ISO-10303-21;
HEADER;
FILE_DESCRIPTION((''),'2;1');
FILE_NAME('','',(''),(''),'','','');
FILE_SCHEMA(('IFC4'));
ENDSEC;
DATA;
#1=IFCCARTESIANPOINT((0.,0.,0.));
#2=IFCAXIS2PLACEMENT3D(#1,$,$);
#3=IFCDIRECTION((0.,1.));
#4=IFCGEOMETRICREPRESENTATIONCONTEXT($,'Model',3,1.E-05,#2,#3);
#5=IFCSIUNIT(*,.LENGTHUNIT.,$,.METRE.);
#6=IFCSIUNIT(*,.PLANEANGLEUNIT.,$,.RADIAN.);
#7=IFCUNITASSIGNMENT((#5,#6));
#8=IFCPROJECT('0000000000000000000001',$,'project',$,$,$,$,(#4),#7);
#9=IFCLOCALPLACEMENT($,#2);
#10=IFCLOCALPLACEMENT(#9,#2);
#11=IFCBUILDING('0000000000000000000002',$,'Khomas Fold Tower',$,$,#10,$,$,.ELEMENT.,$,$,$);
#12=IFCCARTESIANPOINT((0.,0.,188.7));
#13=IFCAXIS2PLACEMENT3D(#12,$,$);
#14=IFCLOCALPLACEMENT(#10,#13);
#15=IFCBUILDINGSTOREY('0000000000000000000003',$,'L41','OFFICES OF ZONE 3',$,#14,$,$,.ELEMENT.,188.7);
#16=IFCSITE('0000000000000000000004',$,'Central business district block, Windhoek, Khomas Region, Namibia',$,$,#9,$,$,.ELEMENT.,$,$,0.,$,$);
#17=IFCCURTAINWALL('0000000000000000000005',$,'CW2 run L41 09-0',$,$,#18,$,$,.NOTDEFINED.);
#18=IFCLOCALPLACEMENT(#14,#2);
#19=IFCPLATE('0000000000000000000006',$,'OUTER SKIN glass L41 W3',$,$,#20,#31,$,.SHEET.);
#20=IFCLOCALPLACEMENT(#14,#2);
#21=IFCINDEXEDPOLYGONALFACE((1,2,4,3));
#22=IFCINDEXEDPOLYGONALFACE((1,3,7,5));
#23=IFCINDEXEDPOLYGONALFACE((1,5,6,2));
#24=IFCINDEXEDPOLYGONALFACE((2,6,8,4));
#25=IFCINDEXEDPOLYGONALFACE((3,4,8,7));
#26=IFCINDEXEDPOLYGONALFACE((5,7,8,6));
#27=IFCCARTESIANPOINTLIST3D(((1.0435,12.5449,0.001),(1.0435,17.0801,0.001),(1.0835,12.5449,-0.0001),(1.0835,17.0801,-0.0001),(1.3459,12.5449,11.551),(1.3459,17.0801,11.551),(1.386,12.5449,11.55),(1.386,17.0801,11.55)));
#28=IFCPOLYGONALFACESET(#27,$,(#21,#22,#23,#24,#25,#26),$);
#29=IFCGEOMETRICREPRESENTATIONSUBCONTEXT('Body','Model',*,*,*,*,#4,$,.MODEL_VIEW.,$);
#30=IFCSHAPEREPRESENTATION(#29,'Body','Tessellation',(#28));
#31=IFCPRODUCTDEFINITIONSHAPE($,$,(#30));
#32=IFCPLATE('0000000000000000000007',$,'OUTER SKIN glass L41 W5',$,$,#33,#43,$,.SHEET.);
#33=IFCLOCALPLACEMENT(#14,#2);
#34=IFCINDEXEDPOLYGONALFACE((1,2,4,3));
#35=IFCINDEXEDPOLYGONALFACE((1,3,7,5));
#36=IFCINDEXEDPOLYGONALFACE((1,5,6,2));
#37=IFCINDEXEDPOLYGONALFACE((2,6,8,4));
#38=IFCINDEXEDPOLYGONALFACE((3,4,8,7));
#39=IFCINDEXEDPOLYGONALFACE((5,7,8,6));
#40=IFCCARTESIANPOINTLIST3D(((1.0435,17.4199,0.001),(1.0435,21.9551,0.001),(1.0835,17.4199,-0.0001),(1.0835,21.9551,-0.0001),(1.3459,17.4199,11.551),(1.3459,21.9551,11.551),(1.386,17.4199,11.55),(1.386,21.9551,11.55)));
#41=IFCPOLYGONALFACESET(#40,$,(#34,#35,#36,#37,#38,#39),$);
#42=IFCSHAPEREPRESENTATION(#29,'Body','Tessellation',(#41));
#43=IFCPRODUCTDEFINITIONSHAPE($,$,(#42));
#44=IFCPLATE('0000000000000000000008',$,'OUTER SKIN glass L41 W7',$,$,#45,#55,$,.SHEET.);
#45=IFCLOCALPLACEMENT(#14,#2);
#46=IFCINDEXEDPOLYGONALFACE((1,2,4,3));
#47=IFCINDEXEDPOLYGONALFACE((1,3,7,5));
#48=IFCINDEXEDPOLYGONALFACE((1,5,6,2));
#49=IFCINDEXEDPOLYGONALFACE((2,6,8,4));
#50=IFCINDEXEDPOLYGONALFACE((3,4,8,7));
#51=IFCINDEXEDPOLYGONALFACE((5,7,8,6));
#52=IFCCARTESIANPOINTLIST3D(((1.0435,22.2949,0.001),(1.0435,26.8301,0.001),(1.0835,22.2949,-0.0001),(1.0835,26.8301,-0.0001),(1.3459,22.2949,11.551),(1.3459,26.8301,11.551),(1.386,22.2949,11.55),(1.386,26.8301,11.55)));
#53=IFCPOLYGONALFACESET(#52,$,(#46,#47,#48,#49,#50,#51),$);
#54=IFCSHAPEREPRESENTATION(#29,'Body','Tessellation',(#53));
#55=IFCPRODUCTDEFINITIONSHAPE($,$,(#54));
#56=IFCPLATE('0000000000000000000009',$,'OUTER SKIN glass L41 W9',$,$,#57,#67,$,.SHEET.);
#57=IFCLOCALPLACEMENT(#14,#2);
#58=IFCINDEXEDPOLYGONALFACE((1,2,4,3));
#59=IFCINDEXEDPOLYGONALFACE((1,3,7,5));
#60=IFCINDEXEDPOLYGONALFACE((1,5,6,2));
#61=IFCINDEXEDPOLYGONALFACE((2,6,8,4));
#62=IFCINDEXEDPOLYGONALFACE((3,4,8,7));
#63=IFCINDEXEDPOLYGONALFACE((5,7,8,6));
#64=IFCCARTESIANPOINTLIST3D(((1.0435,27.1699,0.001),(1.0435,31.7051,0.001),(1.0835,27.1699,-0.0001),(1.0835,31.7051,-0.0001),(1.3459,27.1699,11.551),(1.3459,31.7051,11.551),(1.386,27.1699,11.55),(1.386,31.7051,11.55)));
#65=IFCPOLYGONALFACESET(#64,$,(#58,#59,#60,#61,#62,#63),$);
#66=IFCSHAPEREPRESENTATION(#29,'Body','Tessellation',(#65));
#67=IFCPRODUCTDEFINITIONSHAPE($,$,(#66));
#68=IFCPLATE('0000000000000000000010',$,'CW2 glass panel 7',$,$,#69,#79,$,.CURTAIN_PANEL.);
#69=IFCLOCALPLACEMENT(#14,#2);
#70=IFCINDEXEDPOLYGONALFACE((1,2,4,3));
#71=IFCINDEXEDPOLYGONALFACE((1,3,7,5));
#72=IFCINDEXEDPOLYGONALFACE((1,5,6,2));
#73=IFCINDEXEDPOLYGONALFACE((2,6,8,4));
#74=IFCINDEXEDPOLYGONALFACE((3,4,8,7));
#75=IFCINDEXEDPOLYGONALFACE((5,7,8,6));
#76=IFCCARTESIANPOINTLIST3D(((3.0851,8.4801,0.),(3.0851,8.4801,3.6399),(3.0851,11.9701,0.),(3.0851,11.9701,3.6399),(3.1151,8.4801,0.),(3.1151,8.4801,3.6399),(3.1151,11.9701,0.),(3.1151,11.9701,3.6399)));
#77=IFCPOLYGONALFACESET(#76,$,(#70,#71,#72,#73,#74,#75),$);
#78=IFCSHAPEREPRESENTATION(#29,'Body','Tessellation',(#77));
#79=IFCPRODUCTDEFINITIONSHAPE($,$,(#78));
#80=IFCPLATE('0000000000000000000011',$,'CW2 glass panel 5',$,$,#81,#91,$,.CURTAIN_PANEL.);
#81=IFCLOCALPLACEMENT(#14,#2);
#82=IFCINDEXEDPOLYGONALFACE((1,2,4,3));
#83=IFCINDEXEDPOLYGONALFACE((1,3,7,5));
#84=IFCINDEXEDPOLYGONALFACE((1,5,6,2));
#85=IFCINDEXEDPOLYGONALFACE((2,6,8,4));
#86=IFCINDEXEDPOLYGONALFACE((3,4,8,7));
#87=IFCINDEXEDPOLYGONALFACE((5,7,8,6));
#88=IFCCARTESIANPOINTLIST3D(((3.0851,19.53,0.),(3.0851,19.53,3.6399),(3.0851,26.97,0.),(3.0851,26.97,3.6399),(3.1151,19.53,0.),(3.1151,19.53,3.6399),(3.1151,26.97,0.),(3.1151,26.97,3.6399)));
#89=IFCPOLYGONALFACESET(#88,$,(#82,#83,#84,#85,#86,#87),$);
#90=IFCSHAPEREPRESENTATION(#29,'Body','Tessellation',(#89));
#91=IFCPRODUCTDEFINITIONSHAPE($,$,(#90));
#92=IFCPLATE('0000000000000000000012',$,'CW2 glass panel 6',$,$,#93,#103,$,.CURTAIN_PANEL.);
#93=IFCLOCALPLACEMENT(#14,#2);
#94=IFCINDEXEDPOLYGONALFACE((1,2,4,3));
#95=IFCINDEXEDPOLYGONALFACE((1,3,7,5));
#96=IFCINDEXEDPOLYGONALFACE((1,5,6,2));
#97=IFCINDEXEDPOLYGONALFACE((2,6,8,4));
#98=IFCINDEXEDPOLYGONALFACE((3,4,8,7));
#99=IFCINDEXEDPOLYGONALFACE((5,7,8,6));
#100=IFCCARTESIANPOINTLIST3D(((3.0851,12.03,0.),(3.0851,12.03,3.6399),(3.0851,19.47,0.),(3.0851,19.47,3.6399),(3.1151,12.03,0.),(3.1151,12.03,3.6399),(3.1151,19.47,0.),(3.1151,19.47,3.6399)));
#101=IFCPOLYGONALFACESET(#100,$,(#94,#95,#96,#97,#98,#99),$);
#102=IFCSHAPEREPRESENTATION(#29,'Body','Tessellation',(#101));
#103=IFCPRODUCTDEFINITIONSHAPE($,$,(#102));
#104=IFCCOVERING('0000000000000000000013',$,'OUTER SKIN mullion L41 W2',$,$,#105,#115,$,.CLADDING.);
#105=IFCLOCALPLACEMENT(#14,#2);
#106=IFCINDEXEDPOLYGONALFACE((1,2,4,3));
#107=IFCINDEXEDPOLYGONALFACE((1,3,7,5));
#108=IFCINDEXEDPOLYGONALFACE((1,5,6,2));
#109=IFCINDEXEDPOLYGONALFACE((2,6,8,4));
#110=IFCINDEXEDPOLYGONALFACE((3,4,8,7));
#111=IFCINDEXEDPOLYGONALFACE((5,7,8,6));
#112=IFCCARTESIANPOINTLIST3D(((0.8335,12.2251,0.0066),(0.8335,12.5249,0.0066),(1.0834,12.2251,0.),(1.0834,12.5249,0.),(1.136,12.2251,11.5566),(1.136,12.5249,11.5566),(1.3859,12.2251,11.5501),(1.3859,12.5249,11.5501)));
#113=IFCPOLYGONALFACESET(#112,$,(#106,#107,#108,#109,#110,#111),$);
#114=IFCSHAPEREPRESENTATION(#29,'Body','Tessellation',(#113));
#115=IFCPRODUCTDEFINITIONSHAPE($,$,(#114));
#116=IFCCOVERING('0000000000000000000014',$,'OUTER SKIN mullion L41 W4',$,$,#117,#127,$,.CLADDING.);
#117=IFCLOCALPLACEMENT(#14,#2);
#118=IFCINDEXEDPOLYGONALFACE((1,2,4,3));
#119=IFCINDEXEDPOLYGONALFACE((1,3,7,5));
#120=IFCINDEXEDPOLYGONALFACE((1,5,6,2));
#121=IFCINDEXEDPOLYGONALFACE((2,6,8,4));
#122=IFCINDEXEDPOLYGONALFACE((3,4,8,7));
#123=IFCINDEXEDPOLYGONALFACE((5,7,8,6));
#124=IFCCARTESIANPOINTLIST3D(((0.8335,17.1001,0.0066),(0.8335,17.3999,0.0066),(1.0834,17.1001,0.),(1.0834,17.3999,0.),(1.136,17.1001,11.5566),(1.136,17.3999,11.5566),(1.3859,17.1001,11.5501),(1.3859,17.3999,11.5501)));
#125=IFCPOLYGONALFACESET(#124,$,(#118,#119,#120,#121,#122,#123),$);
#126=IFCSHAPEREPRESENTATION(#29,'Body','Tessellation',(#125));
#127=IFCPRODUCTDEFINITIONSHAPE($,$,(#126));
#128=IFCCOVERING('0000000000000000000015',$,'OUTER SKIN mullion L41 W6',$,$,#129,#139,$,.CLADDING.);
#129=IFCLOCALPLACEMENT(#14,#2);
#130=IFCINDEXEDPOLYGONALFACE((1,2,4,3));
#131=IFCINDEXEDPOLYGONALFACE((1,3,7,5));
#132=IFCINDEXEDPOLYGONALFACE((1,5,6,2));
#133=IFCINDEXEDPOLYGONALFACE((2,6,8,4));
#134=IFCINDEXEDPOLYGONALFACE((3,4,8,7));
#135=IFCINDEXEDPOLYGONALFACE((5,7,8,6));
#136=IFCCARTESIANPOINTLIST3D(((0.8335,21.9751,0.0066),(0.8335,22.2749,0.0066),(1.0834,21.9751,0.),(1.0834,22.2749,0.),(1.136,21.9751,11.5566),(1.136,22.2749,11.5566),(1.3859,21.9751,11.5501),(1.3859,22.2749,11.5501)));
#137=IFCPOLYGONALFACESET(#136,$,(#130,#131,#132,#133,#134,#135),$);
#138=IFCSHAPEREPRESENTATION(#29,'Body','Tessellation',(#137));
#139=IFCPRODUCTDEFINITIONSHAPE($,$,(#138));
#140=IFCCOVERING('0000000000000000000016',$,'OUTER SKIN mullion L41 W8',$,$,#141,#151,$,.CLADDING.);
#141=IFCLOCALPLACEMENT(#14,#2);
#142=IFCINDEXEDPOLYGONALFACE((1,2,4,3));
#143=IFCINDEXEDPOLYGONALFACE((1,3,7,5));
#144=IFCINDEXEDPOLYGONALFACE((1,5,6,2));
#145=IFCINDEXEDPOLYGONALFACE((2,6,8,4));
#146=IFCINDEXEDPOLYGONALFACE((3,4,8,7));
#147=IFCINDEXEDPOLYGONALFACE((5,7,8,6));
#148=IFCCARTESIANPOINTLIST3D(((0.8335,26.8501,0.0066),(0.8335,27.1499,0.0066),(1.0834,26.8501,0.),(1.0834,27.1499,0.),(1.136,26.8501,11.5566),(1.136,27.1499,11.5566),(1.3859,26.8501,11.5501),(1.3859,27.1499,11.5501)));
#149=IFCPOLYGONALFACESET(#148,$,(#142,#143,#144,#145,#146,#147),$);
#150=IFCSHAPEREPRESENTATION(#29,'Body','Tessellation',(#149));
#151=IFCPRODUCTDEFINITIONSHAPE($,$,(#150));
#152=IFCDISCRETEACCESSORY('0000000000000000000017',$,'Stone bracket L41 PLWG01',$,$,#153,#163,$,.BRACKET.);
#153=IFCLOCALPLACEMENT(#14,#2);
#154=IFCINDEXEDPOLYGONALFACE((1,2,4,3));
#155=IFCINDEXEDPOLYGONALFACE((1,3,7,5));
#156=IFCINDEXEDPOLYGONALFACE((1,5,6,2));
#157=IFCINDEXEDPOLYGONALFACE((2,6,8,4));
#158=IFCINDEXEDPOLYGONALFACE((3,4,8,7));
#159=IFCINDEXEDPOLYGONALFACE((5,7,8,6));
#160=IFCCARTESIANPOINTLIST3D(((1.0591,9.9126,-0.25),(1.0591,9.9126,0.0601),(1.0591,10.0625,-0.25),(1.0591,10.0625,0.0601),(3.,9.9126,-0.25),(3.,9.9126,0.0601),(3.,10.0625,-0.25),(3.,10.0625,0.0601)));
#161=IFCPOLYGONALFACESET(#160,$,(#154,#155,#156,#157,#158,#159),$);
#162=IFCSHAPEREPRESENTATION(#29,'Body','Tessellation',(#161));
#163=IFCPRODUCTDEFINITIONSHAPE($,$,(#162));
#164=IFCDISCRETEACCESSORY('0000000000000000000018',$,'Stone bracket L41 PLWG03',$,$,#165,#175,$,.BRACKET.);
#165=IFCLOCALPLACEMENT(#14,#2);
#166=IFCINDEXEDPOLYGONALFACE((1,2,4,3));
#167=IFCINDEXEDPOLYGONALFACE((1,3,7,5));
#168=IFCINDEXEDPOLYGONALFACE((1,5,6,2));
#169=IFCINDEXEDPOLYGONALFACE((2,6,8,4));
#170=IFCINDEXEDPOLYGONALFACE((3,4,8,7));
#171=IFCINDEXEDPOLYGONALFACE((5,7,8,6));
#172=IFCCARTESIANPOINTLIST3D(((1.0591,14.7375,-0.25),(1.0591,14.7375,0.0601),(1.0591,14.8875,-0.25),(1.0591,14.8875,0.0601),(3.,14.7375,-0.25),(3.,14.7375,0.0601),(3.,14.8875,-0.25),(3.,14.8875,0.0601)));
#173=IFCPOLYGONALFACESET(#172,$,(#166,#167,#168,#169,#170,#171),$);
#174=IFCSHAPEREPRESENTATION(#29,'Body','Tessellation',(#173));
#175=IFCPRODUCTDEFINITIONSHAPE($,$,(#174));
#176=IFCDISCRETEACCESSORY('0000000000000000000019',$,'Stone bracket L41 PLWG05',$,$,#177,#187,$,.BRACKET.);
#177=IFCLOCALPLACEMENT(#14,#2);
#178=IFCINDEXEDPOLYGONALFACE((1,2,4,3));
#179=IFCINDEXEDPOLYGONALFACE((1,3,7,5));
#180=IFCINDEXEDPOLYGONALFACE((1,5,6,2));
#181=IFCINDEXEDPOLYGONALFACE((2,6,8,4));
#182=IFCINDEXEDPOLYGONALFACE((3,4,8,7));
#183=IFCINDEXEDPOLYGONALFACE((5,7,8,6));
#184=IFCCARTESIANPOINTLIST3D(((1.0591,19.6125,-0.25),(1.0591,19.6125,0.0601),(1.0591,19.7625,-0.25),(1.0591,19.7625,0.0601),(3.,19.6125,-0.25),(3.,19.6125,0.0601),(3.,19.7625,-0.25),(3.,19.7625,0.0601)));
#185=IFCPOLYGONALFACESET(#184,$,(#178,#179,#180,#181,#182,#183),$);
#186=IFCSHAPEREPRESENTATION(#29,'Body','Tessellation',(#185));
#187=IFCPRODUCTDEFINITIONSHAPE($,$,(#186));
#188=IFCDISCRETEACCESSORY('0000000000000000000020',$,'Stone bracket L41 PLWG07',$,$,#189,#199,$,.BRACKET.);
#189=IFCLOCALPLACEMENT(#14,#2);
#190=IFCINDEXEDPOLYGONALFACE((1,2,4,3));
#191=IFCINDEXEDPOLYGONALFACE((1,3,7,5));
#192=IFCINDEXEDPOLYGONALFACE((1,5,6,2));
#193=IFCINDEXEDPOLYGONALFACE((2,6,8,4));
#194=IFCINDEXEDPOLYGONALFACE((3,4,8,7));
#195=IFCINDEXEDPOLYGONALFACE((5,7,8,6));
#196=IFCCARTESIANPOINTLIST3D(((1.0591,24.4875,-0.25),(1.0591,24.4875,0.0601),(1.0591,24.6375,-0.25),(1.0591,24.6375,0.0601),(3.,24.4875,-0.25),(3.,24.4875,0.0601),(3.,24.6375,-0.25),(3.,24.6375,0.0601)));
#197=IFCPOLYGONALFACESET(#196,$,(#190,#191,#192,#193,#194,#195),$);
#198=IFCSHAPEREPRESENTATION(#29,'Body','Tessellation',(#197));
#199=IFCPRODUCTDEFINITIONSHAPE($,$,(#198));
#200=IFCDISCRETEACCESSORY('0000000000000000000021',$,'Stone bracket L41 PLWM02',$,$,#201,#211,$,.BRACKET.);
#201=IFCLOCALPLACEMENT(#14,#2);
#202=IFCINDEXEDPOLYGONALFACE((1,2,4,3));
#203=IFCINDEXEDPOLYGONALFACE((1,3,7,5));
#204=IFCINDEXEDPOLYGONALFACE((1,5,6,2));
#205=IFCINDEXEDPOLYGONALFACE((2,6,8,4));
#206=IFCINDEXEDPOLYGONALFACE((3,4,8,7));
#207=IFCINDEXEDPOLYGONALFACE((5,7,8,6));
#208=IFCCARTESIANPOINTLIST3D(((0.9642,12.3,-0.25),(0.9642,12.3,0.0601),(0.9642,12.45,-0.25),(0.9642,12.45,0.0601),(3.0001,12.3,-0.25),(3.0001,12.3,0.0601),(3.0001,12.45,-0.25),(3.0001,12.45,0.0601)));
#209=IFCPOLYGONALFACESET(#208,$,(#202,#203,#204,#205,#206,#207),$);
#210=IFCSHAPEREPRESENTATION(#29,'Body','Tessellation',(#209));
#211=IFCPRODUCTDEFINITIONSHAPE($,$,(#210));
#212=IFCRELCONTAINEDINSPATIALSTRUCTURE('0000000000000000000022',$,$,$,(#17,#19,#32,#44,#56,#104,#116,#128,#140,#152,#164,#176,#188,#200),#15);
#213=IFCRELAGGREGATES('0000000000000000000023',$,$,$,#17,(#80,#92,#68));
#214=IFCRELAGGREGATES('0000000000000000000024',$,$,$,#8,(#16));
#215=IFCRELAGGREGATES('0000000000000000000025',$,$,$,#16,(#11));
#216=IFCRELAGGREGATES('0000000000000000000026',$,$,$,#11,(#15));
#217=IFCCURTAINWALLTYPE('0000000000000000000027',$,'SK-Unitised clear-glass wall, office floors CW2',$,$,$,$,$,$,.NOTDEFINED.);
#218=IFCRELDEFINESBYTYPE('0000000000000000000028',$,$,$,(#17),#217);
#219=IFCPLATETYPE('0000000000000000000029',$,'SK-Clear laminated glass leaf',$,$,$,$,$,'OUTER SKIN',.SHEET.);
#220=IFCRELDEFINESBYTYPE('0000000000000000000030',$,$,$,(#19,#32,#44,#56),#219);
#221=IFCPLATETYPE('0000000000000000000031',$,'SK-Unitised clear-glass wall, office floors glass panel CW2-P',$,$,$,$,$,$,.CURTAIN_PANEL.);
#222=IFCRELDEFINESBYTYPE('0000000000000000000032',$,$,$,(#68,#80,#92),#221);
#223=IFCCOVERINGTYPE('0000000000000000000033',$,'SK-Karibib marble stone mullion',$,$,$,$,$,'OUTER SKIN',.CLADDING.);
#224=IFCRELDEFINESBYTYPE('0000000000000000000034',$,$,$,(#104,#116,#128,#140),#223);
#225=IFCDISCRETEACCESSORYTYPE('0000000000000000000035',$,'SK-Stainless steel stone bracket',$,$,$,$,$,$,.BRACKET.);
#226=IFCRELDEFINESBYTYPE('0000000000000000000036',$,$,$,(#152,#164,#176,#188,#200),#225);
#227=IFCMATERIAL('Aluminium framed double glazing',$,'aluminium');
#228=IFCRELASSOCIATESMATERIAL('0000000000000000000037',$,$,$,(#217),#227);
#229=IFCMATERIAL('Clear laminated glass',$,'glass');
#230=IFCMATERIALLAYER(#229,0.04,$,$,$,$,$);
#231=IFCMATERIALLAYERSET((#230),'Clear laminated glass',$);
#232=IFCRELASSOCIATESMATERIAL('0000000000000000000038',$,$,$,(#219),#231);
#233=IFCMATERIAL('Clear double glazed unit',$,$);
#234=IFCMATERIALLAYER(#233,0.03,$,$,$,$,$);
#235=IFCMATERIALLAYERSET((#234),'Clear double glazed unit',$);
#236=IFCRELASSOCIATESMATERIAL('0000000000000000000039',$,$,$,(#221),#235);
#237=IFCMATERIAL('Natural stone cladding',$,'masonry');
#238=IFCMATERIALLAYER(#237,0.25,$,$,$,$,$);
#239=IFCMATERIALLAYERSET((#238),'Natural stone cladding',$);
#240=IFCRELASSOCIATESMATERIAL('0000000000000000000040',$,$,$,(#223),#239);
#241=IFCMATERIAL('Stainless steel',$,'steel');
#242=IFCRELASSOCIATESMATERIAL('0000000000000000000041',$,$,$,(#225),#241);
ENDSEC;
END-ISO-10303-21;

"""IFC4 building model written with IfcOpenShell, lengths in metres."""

from ifc_helpers import new_model, si_unit, direction, frame, origin, origin_2d, place, context, subcontext, project, spatial, polyline, rectangle, outline, extrude, source, transform, mapped, material, layer, layer_set, type_object, element, aggregate, save


model = new_model("IFC4")

# Units and contexts
model_context = context("Model", 3, precision=1e-05, world=origin(), true_north=direction((0.0, 1.0)))
body_context = subcontext(model_context, "Body", "Model", "MODEL_VIEW")
ifc_project = project(units=[si_unit("LENGTHUNIT", "METRE"), si_unit("PLANEANGLEUNIT", "RADIAN")], contexts=[model_context])

# Site, building, storey
site_placement = place(None, origin())
site = spatial("IfcSite", under=ifc_project, at=site_placement, Name="Central business district block, Windhoek, Khomas Region, Namibia", CompositionType="ELEMENT", RefElevation=0.0)
building_placement = place(site_placement, origin())
building = spatial("IfcBuilding", under=site, at=building_placement, Name="Khomas Fold Tower", CompositionType="ELEMENT")
storey_placement = place(building_placement, frame((0.0, 0.0, 188.7)))
storey = spatial("IfcBuildingStorey", under=building, at=storey_placement, Name="L41", Description="OFFICES OF ZONE 3", CompositionType="ELEMENT", Elevation=188.7)

# Curtain wall
ifc_material_1 = material(Name="Aluminium framed double glazing", Category="aluminium")
curtain_wall_type = type_object("IfcCurtainWallType", Name="SK-Unitised clear-glass wall, office floors CW2", PredefinedType="NOTDEFINED", material=ifc_material_1)
curtain_wall_placement = place(storey_placement, origin())
curtain_wall = element("IfcCurtainWall", 1, at=curtain_wall_placement, inside=storey, type_object=curtain_wall_type, Name="CW2 run L41 09-0", PredefinedType="NOTDEFINED")

# Plates
ifc_material_2 = material(Name="Clear laminated glass", Category="glass")
ifc_layer_1 = layer(ifc_material_2, 0.04)
ifc_layer_set_1 = layer_set([ifc_layer_1], Name="Clear laminated glass")
plate_type_1 = type_object("IfcPlateType", Name="SK-Clear laminated glass leaf", ElementType="OUTER SKIN", PredefinedType="SHEET", material=ifc_layer_set_1)
for number, where, z_axis, x_axis, name in (
    (2, (1.0435, 12.5449, 0.001), (-0.999657, 0.0, 0.026181), (0.0, 1.0, 0.0), "OUTER SKIN glass L41 W3"),
    (3, (1.0435, 17.4199, 0.001), (-0.999657, 0.0, 0.026181), (0.0, 1.0, 0.0), "OUTER SKIN glass L41 W5"),
    (4, (1.0435, 22.2949, 0.001), (-0.999657, 0.0, 0.026181), (0.0, 1.0, 0.0), "OUTER SKIN glass L41 W7"),
    (5, (1.0435, 27.1699, 0.001), (-0.999657, 0.0, 0.026181), (0.0, 1.0, 0.0), "OUTER SKIN glass L41 W9"),
):
    element("IfcPlate", number, at=place(storey_placement, frame(where, z_axis=z_axis, x_axis=x_axis)), inside=storey, type_object=plate_type_1, Name=name, PredefinedType="SHEET", context=body_context, shape_type="SweptSolid", body=[
        extrude(outline(polyline([(0.0, 0.0), (4.5352, 0.0), (4.5352, -11.554), (0.0, -11.554), (0.0, 0.0)])), origin(), (0.0, 0.0, -1.0), 0.04),
    ])

# Plates
ifc_material_3 = material(Name="Clear double glazed unit")
ifc_layer_2 = layer(ifc_material_3, 0.03)
ifc_layer_set_2 = layer_set([ifc_layer_2], Name="Clear double glazed unit")
plate_type_2 = type_object("IfcPlateType", Name="SK-Unitised clear-glass wall, office floors glass panel CW2-P", PredefinedType="CURTAIN_PANEL", material=ifc_layer_set_2)
shared_shape_1 = source(origin(), body_context, "Body", "SweptSolid", [
    extrude(rectangle(XDim=3.49, YDim=0.03, at=origin_2d()), origin(), (0.0, 0.0, 1.0), 3.6399),
])
plate_1_placement = place(storey_placement, frame((3.1001, 10.2251, 0.0), z_axis=(0.0, 0.0, 1.0), x_axis=(0.0, -1.0, 0.0)))
plate_1 = element("IfcPlate", 6, at=plate_1_placement, type_object=plate_type_2, Name="CW2 glass panel 7", PredefinedType="CURTAIN_PANEL", context=body_context, shape_type="MappedRepresentation", body=[
    mapped(shared_shape_1, transform((0.0, 0.0, 0.0))),
])
shared_shape_2 = source(origin(), body_context, "Body", "SweptSolid", [
    extrude(rectangle(XDim=7.4399, YDim=0.03, at=origin_2d()), origin(), (0.0, 0.0, 1.0), 3.6399),
])
plate_2_placement = place(storey_placement, frame((3.1001, 23.25, 0.0), z_axis=(0.0, 0.0, 1.0), x_axis=(0.0, -1.0, 0.0)))
plate_2 = element("IfcPlate", 7, at=plate_2_placement, type_object=plate_type_2, Name="CW2 glass panel 5", PredefinedType="CURTAIN_PANEL", context=body_context, shape_type="MappedRepresentation", body=[
    mapped(shared_shape_2, transform((0.0, 0.0, 0.0))),
])
plate_3_placement = place(storey_placement, frame((3.1001, 15.75, 0.0), z_axis=(0.0, 0.0, 1.0), x_axis=(0.0, -1.0, 0.0)))
plate_3 = element("IfcPlate", 8, at=plate_3_placement, type_object=plate_type_2, Name="CW2 glass panel 6", PredefinedType="CURTAIN_PANEL", context=body_context, shape_type="MappedRepresentation", body=[
    mapped(shared_shape_2, transform((0.0, 0.0, 0.0))),
])
aggregate(curtain_wall, [plate_2, plate_3, plate_1])

# Coverings
ifc_material_4 = material(Name="Natural stone cladding", Category="masonry")
ifc_layer_3 = layer(ifc_material_4, 0.25)
ifc_layer_set_3 = layer_set([ifc_layer_3], Name="Natural stone cladding")
covering_type = type_object("IfcCoveringType", Name="SK-Karibib marble stone mullion", ElementType="OUTER SKIN", PredefinedType="CLADDING", material=ifc_layer_set_3)
for number, where, z_axis, x_axis, name in (
    (9, (0.8335, 12.2251, 0.0066), (-0.999657, 0.0, 0.026181), (0.0, 1.0, 0.0), "OUTER SKIN mullion L41 W2"),
    (10, (0.8335, 17.1001, 0.0066), (-0.999657, 0.0, 0.026181), (0.0, 1.0, 0.0), "OUTER SKIN mullion L41 W4"),
    (11, (0.8335, 21.9751, 0.0066), (-0.999657, 0.0, 0.026181), (0.0, 1.0, 0.0), "OUTER SKIN mullion L41 W6"),
    (12, (0.8335, 26.8501, 0.0066), (-0.999657, 0.0, 0.026181), (0.0, 1.0, 0.0), "OUTER SKIN mullion L41 W8"),
):
    element("IfcCovering", number, at=place(storey_placement, frame(where, z_axis=z_axis, x_axis=x_axis)), inside=storey, type_object=covering_type, Name=name, PredefinedType="CLADDING", context=body_context, shape_type="SweptSolid", body=[
        extrude(outline(polyline([(0.0, 0.0), (0.2998, 0.0), (0.2998, -11.554), (0.0, -11.554), (0.0, 0.0)])), origin(), (0.0, 0.0, -1.0), 0.25),
    ])

# Discrete accessories
ifc_material_5 = material(Name="Stainless steel", Category="steel")
discrete_accessory_type = type_object("IfcDiscreteAccessoryType", Name="SK-Stainless steel stone bracket", PredefinedType="BRACKET", material=ifc_material_5)
shared_shape_3 = source(origin(), body_context, "Body", "SweptSolid", [
    extrude(rectangle(XDim=1.9409, YDim=0.1499, at=origin_2d()), origin(), (0.0, 0.0, 1.0), 0.3101),
])
for number, where, z_axis, x_axis, name in (
    (13, (2.0295, 9.9875, -0.25), (0.0, 0.0, 1.0), (-1.0, 0.0, 0.0), "Stone bracket L41 PLWG01"),
    (14, (2.0295, 14.8125, -0.25), (0.0, 0.0, 1.0), (-1.0, 0.0, 0.0), "Stone bracket L41 PLWG03"),
    (15, (2.0295, 19.6875, -0.25), (0.0, 0.0, 1.0), (-1.0, 0.0, 0.0), "Stone bracket L41 PLWG05"),
    (16, (2.0295, 24.5625, -0.25), (0.0, 0.0, 1.0), (-1.0, 0.0, 0.0), "Stone bracket L41 PLWG07"),
):
    element("IfcDiscreteAccessory", number, at=place(storey_placement, frame(where, z_axis=z_axis, x_axis=x_axis)), inside=storey, type_object=discrete_accessory_type, Name=name, PredefinedType="BRACKET", context=body_context, shape_type="MappedRepresentation", body=[
        mapped(shared_shape_3, transform((0.0, 0.0, 0.0))),
    ])
shared_shape_4 = source(origin(), body_context, "Body", "SweptSolid", [
    extrude(rectangle(XDim=2.0359, YDim=0.1499, at=origin_2d()), origin(), (0.0, 0.0, 1.0), 0.3101),
])
for number, where, z_axis, x_axis, name in (
    (17, (1.9822, 12.375, -0.25), (0.0, 0.0, 1.0), (-1.0, 0.0, 0.0), "Stone bracket L41 PLWM02"),
):
    element("IfcDiscreteAccessory", number, at=place(storey_placement, frame(where, z_axis=z_axis, x_axis=x_axis)), inside=storey, type_object=discrete_accessory_type, Name=name, PredefinedType="BRACKET", context=body_context, shape_type="MappedRepresentation", body=[
        mapped(shared_shape_4, transform((0.0, 0.0, 0.0))),
    ])

save(model, "model.ifc")
